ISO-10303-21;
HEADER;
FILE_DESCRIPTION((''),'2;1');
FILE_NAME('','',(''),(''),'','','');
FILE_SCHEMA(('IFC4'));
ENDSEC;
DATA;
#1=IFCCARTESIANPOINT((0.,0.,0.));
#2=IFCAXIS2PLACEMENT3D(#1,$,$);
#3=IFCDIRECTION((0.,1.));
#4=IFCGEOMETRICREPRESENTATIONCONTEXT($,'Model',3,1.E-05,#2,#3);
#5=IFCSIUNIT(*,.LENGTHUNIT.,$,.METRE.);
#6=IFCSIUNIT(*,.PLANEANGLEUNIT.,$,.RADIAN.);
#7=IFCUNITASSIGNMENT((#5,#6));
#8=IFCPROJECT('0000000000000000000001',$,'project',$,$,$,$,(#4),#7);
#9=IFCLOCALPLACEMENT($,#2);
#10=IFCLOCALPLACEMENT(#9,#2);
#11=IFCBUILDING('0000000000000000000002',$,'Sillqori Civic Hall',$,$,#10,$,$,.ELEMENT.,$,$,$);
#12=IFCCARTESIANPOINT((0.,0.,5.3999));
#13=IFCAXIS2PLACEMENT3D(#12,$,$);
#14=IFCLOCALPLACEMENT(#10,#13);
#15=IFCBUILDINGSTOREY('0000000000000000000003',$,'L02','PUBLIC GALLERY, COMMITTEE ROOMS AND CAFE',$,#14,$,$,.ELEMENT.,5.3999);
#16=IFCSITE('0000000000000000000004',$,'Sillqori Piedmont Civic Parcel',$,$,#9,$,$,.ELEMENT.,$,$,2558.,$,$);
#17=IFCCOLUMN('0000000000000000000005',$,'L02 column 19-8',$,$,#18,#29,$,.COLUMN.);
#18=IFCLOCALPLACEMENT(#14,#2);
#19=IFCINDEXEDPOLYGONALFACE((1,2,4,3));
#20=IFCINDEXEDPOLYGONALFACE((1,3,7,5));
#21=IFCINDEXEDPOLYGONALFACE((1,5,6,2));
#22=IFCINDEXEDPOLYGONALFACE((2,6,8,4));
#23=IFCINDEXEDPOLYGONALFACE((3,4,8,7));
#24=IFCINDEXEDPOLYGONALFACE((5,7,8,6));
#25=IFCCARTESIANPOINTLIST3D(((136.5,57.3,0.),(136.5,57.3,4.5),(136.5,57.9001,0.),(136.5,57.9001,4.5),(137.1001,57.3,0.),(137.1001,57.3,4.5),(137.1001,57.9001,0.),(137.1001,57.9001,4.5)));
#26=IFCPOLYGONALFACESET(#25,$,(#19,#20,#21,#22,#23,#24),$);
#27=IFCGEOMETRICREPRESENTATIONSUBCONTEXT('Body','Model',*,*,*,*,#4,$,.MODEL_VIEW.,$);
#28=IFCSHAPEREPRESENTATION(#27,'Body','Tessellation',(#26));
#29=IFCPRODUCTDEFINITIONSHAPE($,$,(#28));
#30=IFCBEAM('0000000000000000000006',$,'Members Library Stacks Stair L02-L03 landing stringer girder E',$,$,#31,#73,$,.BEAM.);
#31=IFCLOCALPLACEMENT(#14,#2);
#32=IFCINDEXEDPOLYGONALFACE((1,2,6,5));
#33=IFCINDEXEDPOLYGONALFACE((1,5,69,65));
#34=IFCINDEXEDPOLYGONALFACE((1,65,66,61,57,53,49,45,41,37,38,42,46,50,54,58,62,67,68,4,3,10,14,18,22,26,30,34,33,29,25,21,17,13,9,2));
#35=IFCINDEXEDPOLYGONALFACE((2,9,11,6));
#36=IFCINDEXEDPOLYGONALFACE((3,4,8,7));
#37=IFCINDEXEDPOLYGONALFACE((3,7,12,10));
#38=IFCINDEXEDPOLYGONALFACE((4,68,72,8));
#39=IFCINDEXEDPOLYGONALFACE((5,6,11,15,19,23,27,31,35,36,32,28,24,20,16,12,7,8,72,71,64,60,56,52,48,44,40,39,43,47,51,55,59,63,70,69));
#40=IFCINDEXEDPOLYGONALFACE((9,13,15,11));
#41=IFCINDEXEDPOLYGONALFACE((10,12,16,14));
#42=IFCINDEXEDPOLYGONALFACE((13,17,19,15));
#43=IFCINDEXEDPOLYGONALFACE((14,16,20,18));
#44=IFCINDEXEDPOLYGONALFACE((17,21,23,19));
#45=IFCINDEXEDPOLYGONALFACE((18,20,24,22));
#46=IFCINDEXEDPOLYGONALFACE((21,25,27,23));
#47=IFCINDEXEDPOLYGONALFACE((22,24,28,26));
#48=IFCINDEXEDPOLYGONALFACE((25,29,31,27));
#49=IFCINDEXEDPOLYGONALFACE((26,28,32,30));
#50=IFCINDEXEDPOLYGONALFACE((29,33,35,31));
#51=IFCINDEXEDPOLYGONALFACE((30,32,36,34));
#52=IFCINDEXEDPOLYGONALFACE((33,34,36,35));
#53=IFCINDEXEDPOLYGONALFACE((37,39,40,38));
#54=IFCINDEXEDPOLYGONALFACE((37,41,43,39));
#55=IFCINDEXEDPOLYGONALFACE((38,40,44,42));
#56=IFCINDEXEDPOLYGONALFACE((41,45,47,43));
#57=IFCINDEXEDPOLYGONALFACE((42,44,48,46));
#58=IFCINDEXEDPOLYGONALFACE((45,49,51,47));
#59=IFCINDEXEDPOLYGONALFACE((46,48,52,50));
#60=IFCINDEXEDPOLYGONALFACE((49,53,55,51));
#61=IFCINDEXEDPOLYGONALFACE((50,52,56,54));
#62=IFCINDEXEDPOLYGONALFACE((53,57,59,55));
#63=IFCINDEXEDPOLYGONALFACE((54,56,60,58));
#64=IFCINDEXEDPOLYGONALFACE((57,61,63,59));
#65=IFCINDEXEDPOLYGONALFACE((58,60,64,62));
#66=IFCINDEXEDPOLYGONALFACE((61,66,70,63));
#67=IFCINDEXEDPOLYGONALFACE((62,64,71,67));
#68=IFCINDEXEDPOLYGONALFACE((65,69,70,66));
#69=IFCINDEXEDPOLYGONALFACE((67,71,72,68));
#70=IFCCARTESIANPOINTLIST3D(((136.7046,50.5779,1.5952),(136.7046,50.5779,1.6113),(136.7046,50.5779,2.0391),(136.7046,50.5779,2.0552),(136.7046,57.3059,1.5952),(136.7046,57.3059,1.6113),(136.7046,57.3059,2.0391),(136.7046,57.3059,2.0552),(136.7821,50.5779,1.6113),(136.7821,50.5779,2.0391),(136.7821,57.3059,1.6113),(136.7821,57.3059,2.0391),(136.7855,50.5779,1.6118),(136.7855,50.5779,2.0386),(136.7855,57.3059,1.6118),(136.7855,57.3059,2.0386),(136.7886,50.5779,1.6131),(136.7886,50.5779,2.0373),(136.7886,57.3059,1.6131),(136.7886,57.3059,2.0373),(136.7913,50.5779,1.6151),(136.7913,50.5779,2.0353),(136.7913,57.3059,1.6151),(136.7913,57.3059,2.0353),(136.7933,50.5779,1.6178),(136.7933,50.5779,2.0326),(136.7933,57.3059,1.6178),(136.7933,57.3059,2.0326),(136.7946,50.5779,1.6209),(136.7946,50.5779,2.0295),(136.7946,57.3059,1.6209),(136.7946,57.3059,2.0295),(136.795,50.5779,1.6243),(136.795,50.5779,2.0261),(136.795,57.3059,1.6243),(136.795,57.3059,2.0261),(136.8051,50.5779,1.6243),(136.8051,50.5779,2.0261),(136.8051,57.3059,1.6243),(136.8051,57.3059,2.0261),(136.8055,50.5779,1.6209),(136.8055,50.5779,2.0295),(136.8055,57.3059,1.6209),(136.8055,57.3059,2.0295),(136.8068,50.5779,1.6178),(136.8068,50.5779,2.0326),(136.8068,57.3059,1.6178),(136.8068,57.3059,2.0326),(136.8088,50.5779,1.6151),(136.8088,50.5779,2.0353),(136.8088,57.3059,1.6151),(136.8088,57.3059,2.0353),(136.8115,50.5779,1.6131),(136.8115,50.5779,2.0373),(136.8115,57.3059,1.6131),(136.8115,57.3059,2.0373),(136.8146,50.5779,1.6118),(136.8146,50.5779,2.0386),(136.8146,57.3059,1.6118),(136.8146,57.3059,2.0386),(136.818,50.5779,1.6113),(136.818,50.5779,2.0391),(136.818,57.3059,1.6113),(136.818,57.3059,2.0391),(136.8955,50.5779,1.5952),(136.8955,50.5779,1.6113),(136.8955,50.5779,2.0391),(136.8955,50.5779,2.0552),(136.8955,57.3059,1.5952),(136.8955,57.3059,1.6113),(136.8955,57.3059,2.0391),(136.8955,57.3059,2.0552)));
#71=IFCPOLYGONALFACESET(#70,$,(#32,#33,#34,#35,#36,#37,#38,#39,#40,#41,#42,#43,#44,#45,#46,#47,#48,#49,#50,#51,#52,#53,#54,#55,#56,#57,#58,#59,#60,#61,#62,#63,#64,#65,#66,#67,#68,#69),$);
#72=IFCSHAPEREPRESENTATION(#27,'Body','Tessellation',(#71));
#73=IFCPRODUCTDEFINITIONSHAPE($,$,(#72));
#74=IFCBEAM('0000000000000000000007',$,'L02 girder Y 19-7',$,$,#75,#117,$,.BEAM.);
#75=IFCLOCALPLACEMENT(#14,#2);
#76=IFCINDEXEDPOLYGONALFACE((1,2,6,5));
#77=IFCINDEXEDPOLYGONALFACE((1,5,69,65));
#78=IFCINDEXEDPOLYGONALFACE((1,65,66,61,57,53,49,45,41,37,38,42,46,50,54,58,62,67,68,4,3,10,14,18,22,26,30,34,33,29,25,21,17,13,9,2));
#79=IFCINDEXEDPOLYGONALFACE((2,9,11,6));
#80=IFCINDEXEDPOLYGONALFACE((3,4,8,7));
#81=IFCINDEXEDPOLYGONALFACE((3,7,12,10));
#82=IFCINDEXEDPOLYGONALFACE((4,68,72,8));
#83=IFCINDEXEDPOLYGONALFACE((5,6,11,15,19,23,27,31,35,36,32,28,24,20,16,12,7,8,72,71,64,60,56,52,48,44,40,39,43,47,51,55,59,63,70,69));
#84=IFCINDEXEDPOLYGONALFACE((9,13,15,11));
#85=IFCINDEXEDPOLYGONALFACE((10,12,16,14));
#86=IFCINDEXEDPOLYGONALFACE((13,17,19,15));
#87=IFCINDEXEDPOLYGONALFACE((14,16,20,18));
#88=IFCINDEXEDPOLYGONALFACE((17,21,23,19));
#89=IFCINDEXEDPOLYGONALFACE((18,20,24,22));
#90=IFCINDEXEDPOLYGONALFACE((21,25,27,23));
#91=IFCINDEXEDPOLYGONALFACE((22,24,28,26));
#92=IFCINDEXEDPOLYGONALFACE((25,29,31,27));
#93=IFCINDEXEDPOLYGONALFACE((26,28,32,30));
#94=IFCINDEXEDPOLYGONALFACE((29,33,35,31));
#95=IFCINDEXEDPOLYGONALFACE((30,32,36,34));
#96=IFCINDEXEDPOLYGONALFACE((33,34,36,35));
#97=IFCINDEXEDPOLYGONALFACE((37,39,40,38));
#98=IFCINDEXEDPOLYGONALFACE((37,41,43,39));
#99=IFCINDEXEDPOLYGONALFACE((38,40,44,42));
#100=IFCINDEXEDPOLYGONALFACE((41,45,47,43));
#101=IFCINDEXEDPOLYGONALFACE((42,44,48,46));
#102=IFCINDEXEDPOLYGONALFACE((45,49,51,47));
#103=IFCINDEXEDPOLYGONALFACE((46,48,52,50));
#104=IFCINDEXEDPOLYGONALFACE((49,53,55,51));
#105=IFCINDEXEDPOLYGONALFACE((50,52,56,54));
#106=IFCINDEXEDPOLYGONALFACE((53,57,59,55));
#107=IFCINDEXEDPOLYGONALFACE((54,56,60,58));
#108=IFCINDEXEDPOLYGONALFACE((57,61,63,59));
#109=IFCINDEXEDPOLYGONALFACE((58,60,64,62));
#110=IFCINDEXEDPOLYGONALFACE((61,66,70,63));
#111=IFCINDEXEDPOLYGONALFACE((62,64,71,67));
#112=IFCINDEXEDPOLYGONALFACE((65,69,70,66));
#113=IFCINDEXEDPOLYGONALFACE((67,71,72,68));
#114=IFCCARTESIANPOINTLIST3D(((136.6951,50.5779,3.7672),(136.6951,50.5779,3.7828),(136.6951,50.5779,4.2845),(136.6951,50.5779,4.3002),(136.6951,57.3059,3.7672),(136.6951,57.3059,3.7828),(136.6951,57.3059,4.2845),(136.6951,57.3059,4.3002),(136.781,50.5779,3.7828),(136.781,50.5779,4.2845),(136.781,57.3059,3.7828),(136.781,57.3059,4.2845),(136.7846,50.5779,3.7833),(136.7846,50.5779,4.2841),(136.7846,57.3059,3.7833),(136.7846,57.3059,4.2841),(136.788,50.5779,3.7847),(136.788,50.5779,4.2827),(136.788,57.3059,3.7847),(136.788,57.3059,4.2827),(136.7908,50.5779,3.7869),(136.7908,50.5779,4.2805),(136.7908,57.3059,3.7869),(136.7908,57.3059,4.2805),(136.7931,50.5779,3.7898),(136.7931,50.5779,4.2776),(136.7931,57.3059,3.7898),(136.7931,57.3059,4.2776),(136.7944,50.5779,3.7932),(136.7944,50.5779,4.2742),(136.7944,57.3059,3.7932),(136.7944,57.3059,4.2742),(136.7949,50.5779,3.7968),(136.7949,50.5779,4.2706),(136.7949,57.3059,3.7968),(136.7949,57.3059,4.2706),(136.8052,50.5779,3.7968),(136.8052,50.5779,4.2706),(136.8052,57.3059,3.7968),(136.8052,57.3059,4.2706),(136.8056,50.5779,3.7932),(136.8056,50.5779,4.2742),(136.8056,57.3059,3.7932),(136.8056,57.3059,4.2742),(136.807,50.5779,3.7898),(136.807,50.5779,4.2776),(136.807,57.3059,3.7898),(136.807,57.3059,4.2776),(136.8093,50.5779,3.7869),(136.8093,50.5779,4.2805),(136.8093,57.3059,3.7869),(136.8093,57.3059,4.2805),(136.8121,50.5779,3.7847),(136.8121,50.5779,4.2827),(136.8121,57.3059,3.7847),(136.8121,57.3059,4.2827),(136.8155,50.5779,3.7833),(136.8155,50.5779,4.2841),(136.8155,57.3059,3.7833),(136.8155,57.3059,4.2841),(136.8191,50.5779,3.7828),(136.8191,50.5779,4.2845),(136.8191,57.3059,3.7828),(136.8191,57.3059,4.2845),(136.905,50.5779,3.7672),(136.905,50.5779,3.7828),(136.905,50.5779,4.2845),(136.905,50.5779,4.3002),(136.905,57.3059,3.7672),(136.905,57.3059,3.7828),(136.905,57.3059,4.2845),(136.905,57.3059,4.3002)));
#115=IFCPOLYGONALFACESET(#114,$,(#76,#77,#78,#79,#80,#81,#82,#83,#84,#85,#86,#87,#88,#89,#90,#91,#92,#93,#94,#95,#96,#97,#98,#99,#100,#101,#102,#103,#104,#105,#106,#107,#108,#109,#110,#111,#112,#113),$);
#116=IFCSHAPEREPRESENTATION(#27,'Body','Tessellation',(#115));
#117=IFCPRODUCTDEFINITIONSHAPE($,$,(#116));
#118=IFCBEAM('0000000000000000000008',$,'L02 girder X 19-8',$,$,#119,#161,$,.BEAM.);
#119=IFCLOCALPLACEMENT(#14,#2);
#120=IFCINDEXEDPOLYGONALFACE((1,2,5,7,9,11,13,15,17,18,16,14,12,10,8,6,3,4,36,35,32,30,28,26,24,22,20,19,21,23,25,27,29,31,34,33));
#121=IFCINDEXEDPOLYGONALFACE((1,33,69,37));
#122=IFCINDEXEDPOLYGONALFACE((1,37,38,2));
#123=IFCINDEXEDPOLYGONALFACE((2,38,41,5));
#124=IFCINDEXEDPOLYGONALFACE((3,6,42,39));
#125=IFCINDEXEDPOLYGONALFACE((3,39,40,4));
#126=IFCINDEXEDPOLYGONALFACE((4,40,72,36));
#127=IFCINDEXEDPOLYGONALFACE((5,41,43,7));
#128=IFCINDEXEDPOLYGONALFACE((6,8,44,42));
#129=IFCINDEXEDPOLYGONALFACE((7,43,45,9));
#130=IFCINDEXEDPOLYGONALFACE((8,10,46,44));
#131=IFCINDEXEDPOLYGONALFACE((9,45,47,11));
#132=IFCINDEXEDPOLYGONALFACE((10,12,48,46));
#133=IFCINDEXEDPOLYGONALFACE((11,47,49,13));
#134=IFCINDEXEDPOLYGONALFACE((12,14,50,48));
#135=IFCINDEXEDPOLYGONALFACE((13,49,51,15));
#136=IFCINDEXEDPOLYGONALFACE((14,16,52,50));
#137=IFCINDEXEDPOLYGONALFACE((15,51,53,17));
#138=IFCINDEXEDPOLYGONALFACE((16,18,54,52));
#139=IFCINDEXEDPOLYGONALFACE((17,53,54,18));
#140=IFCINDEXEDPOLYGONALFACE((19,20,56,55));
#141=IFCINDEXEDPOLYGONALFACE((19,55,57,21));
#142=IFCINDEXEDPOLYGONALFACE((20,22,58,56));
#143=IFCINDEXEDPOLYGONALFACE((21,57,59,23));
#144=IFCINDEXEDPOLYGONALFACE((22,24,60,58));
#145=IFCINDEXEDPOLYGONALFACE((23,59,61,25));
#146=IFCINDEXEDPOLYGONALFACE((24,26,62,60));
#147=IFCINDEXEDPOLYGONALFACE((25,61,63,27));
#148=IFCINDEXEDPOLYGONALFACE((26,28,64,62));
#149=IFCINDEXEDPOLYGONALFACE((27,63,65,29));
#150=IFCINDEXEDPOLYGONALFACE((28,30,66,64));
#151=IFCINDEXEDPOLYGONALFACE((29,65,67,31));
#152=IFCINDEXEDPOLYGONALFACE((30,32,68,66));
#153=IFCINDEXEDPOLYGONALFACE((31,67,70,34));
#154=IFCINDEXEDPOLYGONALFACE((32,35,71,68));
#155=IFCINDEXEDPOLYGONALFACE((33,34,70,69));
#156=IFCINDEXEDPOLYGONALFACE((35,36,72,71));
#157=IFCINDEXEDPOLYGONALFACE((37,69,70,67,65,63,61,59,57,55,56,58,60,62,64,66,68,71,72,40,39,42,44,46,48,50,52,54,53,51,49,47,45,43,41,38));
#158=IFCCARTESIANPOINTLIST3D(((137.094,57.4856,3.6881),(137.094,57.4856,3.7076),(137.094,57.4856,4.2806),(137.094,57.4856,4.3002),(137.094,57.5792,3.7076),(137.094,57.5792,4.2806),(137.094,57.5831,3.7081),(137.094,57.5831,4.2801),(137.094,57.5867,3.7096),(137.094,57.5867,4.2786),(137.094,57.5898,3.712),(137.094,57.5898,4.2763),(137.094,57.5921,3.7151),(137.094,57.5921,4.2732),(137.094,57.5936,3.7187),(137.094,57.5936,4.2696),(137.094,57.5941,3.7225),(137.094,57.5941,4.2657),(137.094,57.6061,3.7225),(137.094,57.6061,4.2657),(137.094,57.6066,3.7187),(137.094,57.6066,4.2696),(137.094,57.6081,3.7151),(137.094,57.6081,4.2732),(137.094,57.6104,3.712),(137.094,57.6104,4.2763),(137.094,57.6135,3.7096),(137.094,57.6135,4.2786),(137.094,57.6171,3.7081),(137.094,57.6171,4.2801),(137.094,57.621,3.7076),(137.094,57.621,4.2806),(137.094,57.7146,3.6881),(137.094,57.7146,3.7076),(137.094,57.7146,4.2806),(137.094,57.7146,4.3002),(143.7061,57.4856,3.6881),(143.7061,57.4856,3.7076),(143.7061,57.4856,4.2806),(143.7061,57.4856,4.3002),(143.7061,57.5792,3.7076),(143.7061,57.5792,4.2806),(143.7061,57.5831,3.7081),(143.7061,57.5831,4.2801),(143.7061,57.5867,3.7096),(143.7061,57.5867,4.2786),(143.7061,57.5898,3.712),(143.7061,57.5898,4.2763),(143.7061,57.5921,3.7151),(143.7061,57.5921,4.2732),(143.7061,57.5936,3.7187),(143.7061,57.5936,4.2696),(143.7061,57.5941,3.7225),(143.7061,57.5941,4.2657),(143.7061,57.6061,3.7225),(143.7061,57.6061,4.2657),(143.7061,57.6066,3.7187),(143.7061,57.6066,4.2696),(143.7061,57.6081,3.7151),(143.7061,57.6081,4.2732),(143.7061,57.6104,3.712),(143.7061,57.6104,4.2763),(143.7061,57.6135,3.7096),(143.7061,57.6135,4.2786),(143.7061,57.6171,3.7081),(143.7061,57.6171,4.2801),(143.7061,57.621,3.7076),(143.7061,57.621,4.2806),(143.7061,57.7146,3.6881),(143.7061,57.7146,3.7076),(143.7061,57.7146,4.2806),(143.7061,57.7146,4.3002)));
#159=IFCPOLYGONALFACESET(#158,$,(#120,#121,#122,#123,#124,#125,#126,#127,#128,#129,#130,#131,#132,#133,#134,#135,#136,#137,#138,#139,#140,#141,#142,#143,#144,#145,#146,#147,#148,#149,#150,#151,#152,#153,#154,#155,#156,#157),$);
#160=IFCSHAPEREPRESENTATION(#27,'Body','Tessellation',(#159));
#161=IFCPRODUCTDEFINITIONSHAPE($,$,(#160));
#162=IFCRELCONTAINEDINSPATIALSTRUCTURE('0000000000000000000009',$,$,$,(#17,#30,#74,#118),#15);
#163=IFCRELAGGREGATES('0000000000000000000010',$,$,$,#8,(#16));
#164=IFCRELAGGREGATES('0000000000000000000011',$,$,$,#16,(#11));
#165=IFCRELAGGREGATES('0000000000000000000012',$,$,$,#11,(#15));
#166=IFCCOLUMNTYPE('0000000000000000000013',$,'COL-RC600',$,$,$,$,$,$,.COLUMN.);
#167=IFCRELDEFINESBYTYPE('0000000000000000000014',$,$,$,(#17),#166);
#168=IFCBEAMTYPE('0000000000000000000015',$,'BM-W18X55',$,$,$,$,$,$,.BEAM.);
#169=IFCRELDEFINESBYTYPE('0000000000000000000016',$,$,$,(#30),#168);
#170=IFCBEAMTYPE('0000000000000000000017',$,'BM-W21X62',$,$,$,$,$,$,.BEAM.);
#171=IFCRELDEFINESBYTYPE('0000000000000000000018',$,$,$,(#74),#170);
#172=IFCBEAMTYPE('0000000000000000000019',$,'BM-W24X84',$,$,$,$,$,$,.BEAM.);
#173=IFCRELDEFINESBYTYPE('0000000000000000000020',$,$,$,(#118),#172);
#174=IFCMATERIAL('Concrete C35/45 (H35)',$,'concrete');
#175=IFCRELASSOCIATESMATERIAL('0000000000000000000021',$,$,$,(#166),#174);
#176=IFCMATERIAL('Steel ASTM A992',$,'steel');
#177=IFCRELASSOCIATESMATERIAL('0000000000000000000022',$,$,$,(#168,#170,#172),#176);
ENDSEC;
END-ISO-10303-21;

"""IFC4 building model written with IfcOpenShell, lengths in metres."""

from ifc_helpers import new_model, si_unit, direction, frame, origin, origin_2d, place, context, subcontext, project, spatial, rectangle, i_section, extrude, material, material_profile, profile_set, type_object, element, save


model = new_model("IFC4")

# Units and contexts
model_context = context("Model", 3, precision=1e-05, world=origin(), true_north=direction((0.0, 1.0)))
body_context = subcontext(model_context, "Body", "Model", "MODEL_VIEW")
ifc_project = project(units=[si_unit("LENGTHUNIT", "METRE"), si_unit("PLANEANGLEUNIT", "RADIAN")], contexts=[model_context])

# Site, building, storey
site_placement = place(None, origin())
site = spatial("IfcSite", under=ifc_project, at=site_placement, Name="Sillqori Piedmont Civic Parcel", CompositionType="ELEMENT", RefElevation=2558.0)
building_placement = place(site_placement, origin())
building = spatial("IfcBuilding", under=site, at=building_placement, Name="Sillqori Civic Hall", CompositionType="ELEMENT")
storey_placement = place(building_placement, frame((0.0, 0.0, 5.3999)))
storey = spatial("IfcBuildingStorey", under=building, at=storey_placement, Name="L02", Description="PUBLIC GALLERY, COMMITTEE ROOMS AND CAFE", CompositionType="ELEMENT", Elevation=5.3999)

# Column
ifc_material_1 = material(Name="Concrete C35/45 (H35)", Category="concrete")
ifc_material_profile_1 = material_profile(ifc_material_1, rectangle(XDim=0.6001, YDim=0.6001, at=origin_2d()), Name="RC 600x600")
ifc_profile_set_1 = profile_set([ifc_material_profile_1], Name="Concrete C35/45 (H35)")
column_type = type_object("IfcColumnType", Name="COL-RC600", PredefinedType="COLUMN", material=ifc_profile_set_1)
column_placement = place(storey_placement, frame((136.8, 57.6001, 0.0), z_axis=(0.0, 0.0, 1.0), x_axis=(1.0, 0.0, 0.0)))
element("IfcColumn", 1, at=column_placement, inside=storey, type_object=column_type, Name="L02 column 19-8", PredefinedType="COLUMN", context=body_context, shape_type="SweptSolid", body=[
    extrude(rectangle(XDim=0.6001, YDim=0.6001, at=origin_2d()), origin(), (0.0, 0.0, 1.0), 4.5),
])

# Beams
ifc_material_2 = material(Name="Steel ASTM A992", Category="steel")
ifc_material_profile_2 = material_profile(ifc_material_2, i_section(OverallWidth=0.1909, OverallDepth=0.46, WebThickness=0.01, FlangeThickness=0.0161, FilletRadius=0.0129, at=origin_2d()), Name="W18X55")
ifc_profile_set_2 = profile_set([ifc_material_profile_2], Name="Steel ASTM A992")
beam_type_1 = type_object("IfcBeamType", Name="BM-W18X55", PredefinedType="BEAM", material=ifc_profile_set_2)
beam_1_placement = place(storey_placement, frame((136.8, 50.5779, 1.8252), z_axis=(0.0, 1.0, 0.0), x_axis=(-1.0, 0.0, 0.0)))
element("IfcBeam", 2, at=beam_1_placement, inside=storey, type_object=beam_type_1, Name="Members Library Stacks Stair L02-L03 landing stringer girder E", PredefinedType="BEAM", context=body_context, shape_type="SweptSolid", body=[
    extrude(i_section(OverallWidth=0.1909, OverallDepth=0.46, WebThickness=0.01, FlangeThickness=0.0161, FilletRadius=0.0129, at=origin_2d()), origin(), (0.0, 0.0, 1.0), 6.728),
])
ifc_material_profile_3 = material_profile(ifc_material_2, i_section(OverallWidth=0.21, OverallDepth=0.533, WebThickness=0.0103, FlangeThickness=0.0156, FilletRadius=0.0139, at=origin_2d()), Name="W21X62")
ifc_profile_set_3 = profile_set([ifc_material_profile_3], Name="Steel ASTM A992")
beam_type_2 = type_object("IfcBeamType", Name="BM-W21X62", PredefinedType="BEAM", material=ifc_profile_set_3)
beam_2_placement = place(storey_placement, frame((136.8, 50.5779, 4.0337), z_axis=(0.0, 1.0, 0.0), x_axis=(-1.0, 0.0, 0.0)))
element("IfcBeam", 3, at=beam_2_placement, inside=storey, type_object=beam_type_2, Name="L02 girder Y 19-7", PredefinedType="BEAM", context=body_context, shape_type="SweptSolid", body=[
    extrude(i_section(OverallWidth=0.21, OverallDepth=0.533, WebThickness=0.0103, FlangeThickness=0.0156, FilletRadius=0.0139, at=origin_2d()), origin(), (0.0, 0.0, 1.0), 6.728),
])
ifc_material_profile_4 = material_profile(ifc_material_2, i_section(OverallWidth=0.229, OverallDepth=0.6121, WebThickness=0.012, FlangeThickness=0.0195, FilletRadius=0.0149, at=origin_2d()), Name="W24X84")
ifc_profile_set_4 = profile_set([ifc_material_profile_4], Name="Steel ASTM A992")
beam_type_3 = type_object("IfcBeamType", Name="BM-W24X84", PredefinedType="BEAM", material=ifc_profile_set_4)
beam_3_placement = place(storey_placement, frame((137.094, 57.6001, 3.9941), z_axis=(1.0, 0.0, 0.0), x_axis=(0.0, 1.0, 0.0)))
element("IfcBeam", 4, at=beam_3_placement, inside=storey, type_object=beam_type_3, Name="L02 girder X 19-8", PredefinedType="BEAM", context=body_context, shape_type="SweptSolid", body=[
    extrude(i_section(OverallWidth=0.229, OverallDepth=0.6121, WebThickness=0.012, FlangeThickness=0.0195, FilletRadius=0.0149, at=origin_2d()), origin(), (0.0, 0.0, 1.0), 6.6121),
])

save(model, "model.ifc")
